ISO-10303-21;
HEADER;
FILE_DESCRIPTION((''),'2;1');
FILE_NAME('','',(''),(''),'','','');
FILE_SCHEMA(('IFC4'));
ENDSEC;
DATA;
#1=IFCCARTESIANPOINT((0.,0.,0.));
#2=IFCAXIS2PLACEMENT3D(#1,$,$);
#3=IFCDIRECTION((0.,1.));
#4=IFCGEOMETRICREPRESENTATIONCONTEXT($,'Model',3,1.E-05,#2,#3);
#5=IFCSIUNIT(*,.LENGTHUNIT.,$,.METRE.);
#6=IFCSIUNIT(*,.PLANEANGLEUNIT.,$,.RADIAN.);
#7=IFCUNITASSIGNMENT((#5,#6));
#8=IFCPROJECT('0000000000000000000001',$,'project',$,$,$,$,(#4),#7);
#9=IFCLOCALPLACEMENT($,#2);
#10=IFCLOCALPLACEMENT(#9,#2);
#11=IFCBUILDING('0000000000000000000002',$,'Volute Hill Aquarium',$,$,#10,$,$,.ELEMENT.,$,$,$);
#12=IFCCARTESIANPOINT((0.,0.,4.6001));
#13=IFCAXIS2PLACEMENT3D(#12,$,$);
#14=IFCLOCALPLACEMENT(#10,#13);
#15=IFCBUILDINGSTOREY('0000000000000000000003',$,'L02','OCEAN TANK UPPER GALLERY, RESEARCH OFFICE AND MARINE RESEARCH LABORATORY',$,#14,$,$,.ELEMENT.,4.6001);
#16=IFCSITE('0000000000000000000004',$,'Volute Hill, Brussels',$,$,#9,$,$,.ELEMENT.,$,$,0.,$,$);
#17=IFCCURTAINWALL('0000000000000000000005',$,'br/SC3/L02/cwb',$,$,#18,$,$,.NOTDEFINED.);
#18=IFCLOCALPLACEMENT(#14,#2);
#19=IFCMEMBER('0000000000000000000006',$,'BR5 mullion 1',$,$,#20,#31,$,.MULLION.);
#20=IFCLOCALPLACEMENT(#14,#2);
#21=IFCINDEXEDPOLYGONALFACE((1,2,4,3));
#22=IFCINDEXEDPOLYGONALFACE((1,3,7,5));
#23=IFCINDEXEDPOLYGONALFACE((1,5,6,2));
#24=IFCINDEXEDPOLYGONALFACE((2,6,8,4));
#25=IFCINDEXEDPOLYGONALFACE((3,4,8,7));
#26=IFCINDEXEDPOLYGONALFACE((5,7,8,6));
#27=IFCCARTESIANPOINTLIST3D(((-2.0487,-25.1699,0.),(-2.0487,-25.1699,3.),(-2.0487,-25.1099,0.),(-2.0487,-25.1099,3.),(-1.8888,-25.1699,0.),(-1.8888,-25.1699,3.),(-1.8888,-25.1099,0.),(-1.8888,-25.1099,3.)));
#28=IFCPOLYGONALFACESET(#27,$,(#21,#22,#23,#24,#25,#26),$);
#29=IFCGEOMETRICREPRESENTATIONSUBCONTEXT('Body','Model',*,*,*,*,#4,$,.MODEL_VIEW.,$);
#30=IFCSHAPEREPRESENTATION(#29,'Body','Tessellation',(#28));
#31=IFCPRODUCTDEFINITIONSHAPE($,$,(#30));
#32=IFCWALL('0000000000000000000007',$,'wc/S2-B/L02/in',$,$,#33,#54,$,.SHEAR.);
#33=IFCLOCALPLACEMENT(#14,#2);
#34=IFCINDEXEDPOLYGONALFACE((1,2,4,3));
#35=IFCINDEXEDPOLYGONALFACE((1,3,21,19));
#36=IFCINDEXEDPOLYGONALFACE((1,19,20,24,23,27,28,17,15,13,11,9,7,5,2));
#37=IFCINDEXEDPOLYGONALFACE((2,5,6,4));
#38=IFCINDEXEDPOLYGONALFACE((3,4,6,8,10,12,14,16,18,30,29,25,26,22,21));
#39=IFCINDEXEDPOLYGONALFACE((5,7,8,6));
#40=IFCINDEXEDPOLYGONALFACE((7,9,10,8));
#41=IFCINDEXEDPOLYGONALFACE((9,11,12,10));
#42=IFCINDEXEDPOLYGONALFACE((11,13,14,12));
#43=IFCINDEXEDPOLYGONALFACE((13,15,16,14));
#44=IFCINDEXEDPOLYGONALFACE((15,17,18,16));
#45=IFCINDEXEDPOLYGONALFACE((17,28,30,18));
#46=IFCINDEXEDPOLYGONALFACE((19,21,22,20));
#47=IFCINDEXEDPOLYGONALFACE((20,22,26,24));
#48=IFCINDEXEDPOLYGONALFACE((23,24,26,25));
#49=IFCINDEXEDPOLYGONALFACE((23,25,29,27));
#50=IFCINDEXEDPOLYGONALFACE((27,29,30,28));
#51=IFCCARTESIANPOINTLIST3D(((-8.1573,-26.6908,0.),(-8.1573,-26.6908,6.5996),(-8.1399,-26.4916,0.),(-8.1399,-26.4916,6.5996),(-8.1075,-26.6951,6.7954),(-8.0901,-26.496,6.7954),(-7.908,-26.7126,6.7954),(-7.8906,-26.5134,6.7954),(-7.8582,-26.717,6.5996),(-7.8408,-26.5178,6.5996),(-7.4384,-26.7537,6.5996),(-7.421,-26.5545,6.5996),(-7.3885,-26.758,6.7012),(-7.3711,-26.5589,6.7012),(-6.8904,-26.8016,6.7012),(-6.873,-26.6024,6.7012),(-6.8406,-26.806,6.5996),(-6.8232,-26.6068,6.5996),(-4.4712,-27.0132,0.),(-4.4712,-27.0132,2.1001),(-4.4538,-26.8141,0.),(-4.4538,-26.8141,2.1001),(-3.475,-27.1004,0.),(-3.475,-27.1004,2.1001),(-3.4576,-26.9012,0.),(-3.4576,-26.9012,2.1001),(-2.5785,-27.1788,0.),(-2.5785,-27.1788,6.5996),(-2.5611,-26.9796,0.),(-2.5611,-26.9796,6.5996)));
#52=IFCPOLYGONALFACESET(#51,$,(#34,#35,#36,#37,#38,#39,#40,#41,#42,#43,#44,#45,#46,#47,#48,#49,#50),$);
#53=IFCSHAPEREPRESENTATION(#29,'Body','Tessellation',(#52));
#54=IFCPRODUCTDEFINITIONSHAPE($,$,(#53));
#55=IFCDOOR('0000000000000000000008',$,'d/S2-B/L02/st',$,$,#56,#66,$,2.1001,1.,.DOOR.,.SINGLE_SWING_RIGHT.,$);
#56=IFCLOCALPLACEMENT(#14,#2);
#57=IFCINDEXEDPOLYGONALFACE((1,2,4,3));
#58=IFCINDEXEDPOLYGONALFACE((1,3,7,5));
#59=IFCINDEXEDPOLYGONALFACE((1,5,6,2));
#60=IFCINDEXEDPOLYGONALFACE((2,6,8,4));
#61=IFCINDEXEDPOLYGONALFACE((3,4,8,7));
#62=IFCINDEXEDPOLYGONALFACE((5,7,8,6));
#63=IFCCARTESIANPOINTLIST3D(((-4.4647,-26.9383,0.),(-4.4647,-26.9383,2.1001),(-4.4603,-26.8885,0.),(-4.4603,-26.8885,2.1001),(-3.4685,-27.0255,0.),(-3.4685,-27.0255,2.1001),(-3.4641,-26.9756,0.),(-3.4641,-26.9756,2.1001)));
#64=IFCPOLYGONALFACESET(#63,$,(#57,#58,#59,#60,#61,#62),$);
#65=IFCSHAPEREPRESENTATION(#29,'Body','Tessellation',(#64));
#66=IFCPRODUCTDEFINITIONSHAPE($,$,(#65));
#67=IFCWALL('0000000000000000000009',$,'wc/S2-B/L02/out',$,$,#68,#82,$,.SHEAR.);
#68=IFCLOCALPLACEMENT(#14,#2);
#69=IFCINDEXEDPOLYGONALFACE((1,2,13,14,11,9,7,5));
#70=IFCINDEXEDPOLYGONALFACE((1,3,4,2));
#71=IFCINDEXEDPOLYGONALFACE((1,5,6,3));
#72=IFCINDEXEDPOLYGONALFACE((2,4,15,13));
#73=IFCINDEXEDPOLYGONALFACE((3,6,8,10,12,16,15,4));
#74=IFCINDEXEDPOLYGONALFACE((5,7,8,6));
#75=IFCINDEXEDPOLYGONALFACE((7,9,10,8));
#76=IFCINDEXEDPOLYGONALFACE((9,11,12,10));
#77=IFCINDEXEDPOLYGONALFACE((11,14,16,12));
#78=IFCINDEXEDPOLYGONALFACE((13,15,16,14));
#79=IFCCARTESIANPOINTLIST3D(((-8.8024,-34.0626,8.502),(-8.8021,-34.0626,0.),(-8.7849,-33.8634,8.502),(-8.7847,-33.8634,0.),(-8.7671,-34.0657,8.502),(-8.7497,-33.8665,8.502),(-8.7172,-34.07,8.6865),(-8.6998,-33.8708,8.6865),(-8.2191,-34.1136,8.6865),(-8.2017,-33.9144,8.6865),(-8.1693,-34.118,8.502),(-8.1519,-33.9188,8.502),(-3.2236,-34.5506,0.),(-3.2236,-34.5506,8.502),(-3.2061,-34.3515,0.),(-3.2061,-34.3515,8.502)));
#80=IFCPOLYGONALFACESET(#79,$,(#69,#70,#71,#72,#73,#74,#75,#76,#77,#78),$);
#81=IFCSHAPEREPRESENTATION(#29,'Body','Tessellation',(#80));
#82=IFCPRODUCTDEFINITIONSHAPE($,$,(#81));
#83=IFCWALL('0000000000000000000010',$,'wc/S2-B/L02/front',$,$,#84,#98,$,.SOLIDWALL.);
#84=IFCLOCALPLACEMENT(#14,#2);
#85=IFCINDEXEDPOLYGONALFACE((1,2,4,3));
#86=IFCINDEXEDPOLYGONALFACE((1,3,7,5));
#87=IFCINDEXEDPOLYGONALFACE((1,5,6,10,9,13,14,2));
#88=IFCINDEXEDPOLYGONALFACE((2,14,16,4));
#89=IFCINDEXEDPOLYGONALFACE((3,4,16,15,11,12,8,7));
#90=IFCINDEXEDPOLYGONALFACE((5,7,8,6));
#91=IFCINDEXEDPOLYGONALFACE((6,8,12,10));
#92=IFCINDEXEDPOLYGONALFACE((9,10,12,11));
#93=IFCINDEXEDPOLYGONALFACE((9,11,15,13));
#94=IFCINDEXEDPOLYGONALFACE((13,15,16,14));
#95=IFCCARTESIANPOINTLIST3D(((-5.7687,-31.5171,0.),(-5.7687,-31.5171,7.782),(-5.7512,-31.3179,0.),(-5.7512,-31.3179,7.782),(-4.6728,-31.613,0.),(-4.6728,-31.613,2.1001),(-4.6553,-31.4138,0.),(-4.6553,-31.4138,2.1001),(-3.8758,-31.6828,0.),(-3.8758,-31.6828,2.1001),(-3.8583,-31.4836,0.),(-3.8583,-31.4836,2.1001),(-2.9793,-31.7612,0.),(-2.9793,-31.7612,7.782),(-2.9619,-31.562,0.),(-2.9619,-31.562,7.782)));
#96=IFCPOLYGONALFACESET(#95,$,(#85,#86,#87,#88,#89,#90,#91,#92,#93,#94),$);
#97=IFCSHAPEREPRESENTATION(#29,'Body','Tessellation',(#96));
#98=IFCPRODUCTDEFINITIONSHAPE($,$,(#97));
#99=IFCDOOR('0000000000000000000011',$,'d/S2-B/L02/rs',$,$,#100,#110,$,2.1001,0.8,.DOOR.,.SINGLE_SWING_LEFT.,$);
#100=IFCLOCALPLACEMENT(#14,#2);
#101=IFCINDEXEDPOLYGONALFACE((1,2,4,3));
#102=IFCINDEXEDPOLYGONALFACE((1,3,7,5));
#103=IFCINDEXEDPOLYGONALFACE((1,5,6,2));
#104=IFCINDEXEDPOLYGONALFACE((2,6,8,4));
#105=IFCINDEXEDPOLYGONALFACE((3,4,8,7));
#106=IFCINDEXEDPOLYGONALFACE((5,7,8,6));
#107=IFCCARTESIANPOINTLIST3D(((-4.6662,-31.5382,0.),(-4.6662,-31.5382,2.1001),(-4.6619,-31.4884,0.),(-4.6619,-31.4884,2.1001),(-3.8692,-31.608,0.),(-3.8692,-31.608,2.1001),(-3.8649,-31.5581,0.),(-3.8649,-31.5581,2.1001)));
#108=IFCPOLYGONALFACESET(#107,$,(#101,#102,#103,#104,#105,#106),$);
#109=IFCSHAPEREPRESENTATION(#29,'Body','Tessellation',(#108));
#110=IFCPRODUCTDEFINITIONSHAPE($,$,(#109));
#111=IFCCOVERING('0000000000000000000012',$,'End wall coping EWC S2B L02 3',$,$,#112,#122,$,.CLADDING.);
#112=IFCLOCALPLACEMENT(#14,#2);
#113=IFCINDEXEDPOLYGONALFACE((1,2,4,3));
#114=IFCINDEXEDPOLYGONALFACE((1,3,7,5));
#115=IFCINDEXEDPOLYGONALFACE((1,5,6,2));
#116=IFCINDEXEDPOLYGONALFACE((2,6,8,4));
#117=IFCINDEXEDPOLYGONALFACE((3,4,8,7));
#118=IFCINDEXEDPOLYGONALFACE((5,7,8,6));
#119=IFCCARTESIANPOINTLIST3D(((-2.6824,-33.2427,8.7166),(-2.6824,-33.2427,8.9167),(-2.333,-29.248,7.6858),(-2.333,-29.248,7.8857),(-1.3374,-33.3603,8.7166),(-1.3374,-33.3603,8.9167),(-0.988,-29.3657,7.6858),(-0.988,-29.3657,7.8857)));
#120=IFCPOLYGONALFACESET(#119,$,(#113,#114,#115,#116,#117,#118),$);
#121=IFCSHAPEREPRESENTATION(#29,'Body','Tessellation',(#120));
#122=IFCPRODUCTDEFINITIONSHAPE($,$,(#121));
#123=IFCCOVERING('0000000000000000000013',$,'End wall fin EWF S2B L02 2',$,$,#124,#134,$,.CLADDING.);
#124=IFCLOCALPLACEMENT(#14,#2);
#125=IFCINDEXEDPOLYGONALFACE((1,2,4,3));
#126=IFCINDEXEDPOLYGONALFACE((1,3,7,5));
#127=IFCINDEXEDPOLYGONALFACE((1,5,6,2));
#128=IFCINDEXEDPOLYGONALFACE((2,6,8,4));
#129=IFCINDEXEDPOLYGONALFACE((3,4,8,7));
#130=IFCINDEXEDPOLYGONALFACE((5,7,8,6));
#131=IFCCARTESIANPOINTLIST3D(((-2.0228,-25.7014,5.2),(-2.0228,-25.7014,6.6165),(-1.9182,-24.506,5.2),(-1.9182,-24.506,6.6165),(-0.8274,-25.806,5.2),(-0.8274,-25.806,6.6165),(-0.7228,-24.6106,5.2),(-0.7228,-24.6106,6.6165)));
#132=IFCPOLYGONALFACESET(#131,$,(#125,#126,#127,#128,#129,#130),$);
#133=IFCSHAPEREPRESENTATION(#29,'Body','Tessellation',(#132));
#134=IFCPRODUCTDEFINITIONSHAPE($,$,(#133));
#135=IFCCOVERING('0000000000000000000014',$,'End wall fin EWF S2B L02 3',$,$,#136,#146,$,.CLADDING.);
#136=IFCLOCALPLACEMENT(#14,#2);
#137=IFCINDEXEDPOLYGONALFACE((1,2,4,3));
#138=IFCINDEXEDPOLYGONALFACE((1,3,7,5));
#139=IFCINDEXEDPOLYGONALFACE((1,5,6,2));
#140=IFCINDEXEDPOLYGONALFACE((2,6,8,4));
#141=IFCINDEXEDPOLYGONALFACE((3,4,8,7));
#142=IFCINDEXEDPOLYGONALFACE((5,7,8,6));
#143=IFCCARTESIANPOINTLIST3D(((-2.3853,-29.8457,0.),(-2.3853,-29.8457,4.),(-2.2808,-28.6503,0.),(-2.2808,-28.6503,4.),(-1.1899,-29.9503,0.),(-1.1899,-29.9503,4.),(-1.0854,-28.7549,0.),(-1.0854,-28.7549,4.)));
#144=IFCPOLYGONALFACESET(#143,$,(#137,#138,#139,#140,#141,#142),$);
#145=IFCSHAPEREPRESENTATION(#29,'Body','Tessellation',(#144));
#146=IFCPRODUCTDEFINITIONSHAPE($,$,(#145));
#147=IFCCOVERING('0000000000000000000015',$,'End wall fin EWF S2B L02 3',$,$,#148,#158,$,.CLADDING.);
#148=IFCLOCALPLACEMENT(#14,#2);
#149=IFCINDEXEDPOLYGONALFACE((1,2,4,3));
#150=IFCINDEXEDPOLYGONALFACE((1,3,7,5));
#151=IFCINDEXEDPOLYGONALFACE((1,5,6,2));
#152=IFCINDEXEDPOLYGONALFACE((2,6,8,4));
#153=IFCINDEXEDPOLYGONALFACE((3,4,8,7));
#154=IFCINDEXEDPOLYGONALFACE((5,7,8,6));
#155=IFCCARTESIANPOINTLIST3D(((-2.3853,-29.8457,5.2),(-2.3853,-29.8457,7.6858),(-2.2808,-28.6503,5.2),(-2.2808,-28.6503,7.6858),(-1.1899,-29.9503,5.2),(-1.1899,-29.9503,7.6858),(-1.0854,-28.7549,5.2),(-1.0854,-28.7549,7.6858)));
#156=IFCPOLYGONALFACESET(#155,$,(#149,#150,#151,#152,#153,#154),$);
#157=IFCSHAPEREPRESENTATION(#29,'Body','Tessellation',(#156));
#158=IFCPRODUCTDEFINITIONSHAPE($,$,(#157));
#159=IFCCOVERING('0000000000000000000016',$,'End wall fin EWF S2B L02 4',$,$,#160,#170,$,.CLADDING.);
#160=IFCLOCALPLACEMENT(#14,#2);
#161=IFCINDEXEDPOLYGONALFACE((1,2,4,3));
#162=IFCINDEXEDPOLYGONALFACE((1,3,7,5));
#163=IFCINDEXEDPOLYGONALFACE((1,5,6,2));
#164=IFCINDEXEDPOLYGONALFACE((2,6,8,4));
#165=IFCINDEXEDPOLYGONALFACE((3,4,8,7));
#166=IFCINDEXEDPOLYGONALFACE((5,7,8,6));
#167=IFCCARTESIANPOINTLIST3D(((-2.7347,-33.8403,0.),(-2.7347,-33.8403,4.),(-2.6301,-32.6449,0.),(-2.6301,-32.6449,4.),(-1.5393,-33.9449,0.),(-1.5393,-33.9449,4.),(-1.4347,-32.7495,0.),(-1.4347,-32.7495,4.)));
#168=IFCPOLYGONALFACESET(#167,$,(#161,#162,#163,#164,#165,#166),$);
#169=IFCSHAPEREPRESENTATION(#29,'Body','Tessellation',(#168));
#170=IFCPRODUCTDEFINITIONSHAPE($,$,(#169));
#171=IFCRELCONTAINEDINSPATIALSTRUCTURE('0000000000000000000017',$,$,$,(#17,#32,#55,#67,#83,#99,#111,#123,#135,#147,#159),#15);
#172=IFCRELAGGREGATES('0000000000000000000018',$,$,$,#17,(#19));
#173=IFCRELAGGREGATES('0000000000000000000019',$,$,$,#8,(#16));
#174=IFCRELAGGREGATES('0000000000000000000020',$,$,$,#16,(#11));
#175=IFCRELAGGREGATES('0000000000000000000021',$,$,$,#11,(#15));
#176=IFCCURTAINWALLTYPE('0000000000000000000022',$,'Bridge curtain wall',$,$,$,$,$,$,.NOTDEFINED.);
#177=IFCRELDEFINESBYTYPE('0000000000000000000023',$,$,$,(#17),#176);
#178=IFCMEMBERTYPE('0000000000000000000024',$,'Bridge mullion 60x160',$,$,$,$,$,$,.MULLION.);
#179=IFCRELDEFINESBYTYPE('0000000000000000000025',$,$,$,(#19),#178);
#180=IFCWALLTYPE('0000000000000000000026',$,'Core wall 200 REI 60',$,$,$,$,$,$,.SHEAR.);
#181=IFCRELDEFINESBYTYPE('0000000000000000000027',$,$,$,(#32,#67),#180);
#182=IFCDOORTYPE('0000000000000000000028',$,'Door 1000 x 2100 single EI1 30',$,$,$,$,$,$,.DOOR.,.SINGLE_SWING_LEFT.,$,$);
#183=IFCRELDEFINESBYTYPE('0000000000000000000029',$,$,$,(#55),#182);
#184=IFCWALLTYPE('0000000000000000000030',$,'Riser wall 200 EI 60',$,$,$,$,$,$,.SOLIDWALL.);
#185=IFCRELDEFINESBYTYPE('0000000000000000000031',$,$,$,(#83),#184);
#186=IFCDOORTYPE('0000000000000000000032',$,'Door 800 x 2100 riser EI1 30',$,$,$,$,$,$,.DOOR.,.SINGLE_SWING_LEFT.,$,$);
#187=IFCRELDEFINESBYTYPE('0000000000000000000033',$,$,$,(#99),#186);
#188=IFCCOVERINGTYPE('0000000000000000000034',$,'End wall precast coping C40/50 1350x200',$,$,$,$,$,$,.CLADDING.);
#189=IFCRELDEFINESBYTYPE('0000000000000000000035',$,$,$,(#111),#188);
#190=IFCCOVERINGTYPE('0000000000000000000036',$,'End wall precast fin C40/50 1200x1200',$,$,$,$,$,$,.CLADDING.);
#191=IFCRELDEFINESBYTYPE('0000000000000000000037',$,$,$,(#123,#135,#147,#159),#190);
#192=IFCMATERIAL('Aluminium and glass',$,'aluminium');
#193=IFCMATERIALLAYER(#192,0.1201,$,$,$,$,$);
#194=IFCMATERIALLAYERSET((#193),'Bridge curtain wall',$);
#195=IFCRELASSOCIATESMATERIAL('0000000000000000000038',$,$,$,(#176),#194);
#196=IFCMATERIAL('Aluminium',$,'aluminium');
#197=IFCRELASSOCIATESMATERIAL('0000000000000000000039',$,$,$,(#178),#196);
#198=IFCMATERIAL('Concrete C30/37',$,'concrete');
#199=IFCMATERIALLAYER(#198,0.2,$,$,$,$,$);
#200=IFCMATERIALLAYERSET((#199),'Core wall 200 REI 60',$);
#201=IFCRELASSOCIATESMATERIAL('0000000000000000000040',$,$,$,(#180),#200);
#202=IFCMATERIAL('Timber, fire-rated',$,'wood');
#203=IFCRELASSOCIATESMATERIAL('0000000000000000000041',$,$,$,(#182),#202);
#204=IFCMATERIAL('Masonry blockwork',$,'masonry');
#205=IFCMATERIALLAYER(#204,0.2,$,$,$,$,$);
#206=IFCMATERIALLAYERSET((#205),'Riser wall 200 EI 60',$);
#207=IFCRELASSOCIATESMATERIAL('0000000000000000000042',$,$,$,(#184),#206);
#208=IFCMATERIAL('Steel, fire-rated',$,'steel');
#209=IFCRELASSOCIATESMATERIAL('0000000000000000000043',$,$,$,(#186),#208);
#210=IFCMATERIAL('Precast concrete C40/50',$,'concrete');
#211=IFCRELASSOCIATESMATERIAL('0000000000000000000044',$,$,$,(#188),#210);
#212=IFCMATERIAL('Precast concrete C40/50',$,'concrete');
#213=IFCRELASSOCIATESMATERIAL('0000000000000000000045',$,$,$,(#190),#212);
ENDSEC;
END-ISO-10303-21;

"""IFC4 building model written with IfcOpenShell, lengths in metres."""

from ifc_helpers import new_model, si_unit, direction, frame, frame_2d, origin, origin_2d, place, context, subcontext, project, spatial, polyline, rectangle, outline, extrude, material, layer, layer_set, material_profile, profile_set, type_object, element, fill, aggregate, save


model = new_model("IFC4")

# Units and contexts
model_context = context("Model", 3, precision=1e-05, world=origin(), true_north=direction((0.0, 1.0)))
body_context = subcontext(model_context, "Body", "Model", "MODEL_VIEW")
ifc_project = project(units=[si_unit("LENGTHUNIT", "METRE"), si_unit("PLANEANGLEUNIT", "RADIAN")], contexts=[model_context])

# Site, building, storey
site_placement = place(None, origin())
site = spatial("IfcSite", under=ifc_project, at=site_placement, Name="Volute Hill, Brussels", CompositionType="ELEMENT", RefElevation=0.0)
building_placement = place(site_placement, origin())
building = spatial("IfcBuilding", under=site, at=building_placement, Name="Volute Hill Aquarium", CompositionType="ELEMENT")
storey_placement = place(building_placement, frame((0.0, 0.0, 4.6001)))
storey = spatial("IfcBuildingStorey", under=building, at=storey_placement, Name="L02", Description="OCEAN TANK UPPER GALLERY, RESEARCH OFFICE AND MARINE RESEARCH LABORATORY", CompositionType="ELEMENT", Elevation=4.6001)

# Curtain wall, member
ifc_material_1 = material(Name="Aluminium and glass", Category="aluminium")
ifc_layer_1 = layer(ifc_material_1, 0.1201)
ifc_layer_set_1 = layer_set([ifc_layer_1], Name="Bridge curtain wall")
curtain_wall_type = type_object("IfcCurtainWallType", Name="Bridge curtain wall", PredefinedType="NOTDEFINED", material=ifc_layer_set_1)
curtain_wall_placement = place(storey_placement, origin())
curtain_wall = element("IfcCurtainWall", 1, at=curtain_wall_placement, inside=storey, type_object=curtain_wall_type, Name="br/SC3/L02/cwb", PredefinedType="NOTDEFINED")
ifc_material_2 = material(Name="Aluminium", Category="aluminium")
ifc_material_profile = material_profile(ifc_material_2, rectangle(XDim=0.0601, YDim=0.1599, at=origin_2d()), Name="Aluminium mullion 60x160")
ifc_profile_set = profile_set([ifc_material_profile], Name="Aluminium")
member_type = type_object("IfcMemberType", Name="Bridge mullion 60x160", PredefinedType="MULLION", material=ifc_profile_set)
member_placement = place(storey_placement, frame((-1.9688, -25.1399, 0.0), z_axis=(0.0, 0.0, 1.0), x_axis=(0.0, 1.0, 0.0)))
member = element("IfcMember", 2, at=member_placement, type_object=member_type, Name="BR5 mullion 1", PredefinedType="MULLION", context=body_context, shape_type="SweptSolid", body=[
    extrude(rectangle(XDim=0.0601, YDim=0.1599, at=origin_2d()), origin(), (0.0, 0.0, 1.0), 3.0),
])
aggregate(curtain_wall, [member])

# Wall, opening, door
ifc_material_3 = material(Name="Concrete C30/37", Category="concrete")
ifc_layer_2 = layer(ifc_material_3, 0.2)
ifc_layer_set_2 = layer_set([ifc_layer_2], Name="Core wall 200 REI 60")
wall_type_1 = type_object("IfcWallType", Name="Core wall 200 REI 60", PredefinedType="SHEAR", material=ifc_layer_set_2)
wall_1_placement = place(storey_placement, frame((-2.5698, -27.0791, 0.0), z_axis=(0.0, 0.0, 1.0), x_axis=(-0.996195, 0.087147, 0.0)))
wall_1 = element("IfcWall", 3, at=wall_1_placement, inside=storey, type_object=wall_type_1, Name="wc/S2-B/L02/in", PredefinedType="SHEAR", context=body_context, shape_type="SweptSolid", body=[
    extrude(outline(polyline([(0.0, 0.0), (5.6001, 0.0), (5.6001, 6.5996), (5.55, 6.7954), (5.3499, 6.7954), (5.2998, 6.5996), (4.8784, 6.5996), (4.8284, 6.7012), (4.3284, 6.7012), (4.2783, 6.5996), (0.0, 6.5996), (0.0, 0.0)])), frame((0.0, 0.1001, 0.0), z_axis=(0.0, -1.0, 0.0), x_axis=(1.0, 0.0, 0.0)), (0.0, 0.0, 1.0), 0.2),
])
opening_1_placement = place(wall_1_placement, frame((0.8999, 0.0, 0.0)))
opening_1 = element("IfcOpeningElement", 4, at=opening_1_placement, cuts=wall_1, PredefinedType="OPENING", context=body_context, shape_type="SweptSolid", body=[
    extrude(rectangle(XDim=1.0, YDim=2.1001, at=frame_2d((0.5, 1.05))), frame((0.0, 0.1099, 0.0), z_axis=(0.0, -1.0, 0.0), x_axis=(1.0, 0.0, 0.0)), (0.0, 0.0, 1.0), 0.22),
])
ifc_material_4 = material(Name="Timber, fire-rated", Category="wood")
door_type_1 = type_object("IfcDoorType", Name="Door 1000 x 2100 single EI1 30", OperationType="SINGLE_SWING_LEFT", PredefinedType="DOOR", material=ifc_material_4)
door_1_placement = place(opening_1_placement, origin())
door_1 = element("IfcDoor", 5, at=door_1_placement, inside=storey, type_object=door_type_1, Name="d/S2-B/L02/st", OperationType="SINGLE_SWING_RIGHT", OverallHeight=2.1001, OverallWidth=1.0, PredefinedType="DOOR", context=body_context, shape_type="SweptSolid", body=[
    extrude(rectangle(XDim=1.0, YDim=2.1001, at=frame_2d((0.5, 1.05))), frame((0.0, 0.0249, 0.0), z_axis=(0.0, -1.0, 0.0), x_axis=(1.0, 0.0, 0.0)), (0.0, 0.0, 1.0), 0.05),
])
fill(opening_1, door_1)

# Wall
wall_2_placement = place(storey_placement, frame((-3.2148, -34.4509, 0.0), z_axis=(0.0, 0.0, 1.0), x_axis=(-0.996195, 0.087151, 0.0)))
element("IfcWall", 6, at=wall_2_placement, inside=storey, type_object=wall_type_1, Name="wc/S2-B/L02/out", PredefinedType="SHEAR", context=body_context, shape_type="SweptSolid", body=[
    extrude(outline(polyline([(0.0, 0.0), (5.5999, 0.0), (5.6001, 8.502), (5.5647, 8.502), (5.5146, 8.6865), (5.0146, 8.6865), (4.9646, 8.502), (0.0, 8.502), (0.0, 0.0)])), frame((0.0, 0.1001, 0.0), z_axis=(0.0, -1.0, 0.0), x_axis=(1.0, 0.0, 0.0)), (0.0, 0.0, 1.0), 0.2),
])

# Wall, opening, door
ifc_material_5 = material(Name="Masonry blockwork", Category="masonry")
ifc_layer_3 = layer(ifc_material_5, 0.2)
ifc_layer_set_3 = layer_set([ifc_layer_3], Name="Riser wall 200 EI 60")
wall_type_2 = type_object("IfcWallType", Name="Riser wall 200 EI 60", PredefinedType="SOLIDWALL", material=ifc_layer_set_3)
wall_3_placement = place(storey_placement, frame((-2.9707, -31.6616, 0.0), z_axis=(0.0, 0.0, 1.0), x_axis=(-0.996191, 0.087194, 0.0)))
wall_3 = element("IfcWall", 7, at=wall_3_placement, inside=storey, type_object=wall_type_2, Name="wc/S2-B/L02/front", PredefinedType="SOLIDWALL", context=body_context, shape_type="SweptSolid", body=[
    extrude(rectangle(XDim=2.8, YDim=0.2, at=frame_2d((1.3999, 0.0))), origin(), (0.0, 0.0, 1.0), 7.782),
])
opening_2_placement = place(wall_3_placement, frame((0.8999, 0.0, 0.0)))
opening_2 = element("IfcOpeningElement", 8, at=opening_2_placement, cuts=wall_3, PredefinedType="OPENING", context=body_context, shape_type="SweptSolid", body=[
    extrude(rectangle(XDim=0.8, YDim=2.1001, at=frame_2d((0.3999, 1.05))), frame((0.0, 0.1099, 0.0), z_axis=(0.0, -1.0, 0.0), x_axis=(1.0, 0.0, 0.0)), (0.0, 0.0, 1.0), 0.22),
])
ifc_material_6 = material(Name="Steel, fire-rated", Category="steel")
door_type_2 = type_object("IfcDoorType", Name="Door 800 x 2100 riser EI1 30", OperationType="SINGLE_SWING_LEFT", PredefinedType="DOOR", material=ifc_material_6)
door_2_placement = place(opening_2_placement, origin())
door_2 = element("IfcDoor", 9, at=door_2_placement, inside=storey, type_object=door_type_2, Name="d/S2-B/L02/rs", OperationType="SINGLE_SWING_LEFT", OverallHeight=2.1001, OverallWidth=0.8, PredefinedType="DOOR", context=body_context, shape_type="SweptSolid", body=[
    extrude(rectangle(XDim=0.8, YDim=2.1001, at=frame_2d((0.3999, 1.05))), frame((0.0, 0.0249, 0.0), z_axis=(0.0, -1.0, 0.0), x_axis=(1.0, 0.0, 0.0)), (0.0, 0.0, 1.0), 0.05),
])
fill(opening_2, door_2)

# Coverings
ifc_material_7 = material(Name="Precast concrete C40/50", Category="concrete")
covering_type_1 = type_object("IfcCoveringType", Name="End wall precast coping C40/50 1350x200", PredefinedType="CLADDING", material=ifc_material_7)
covering_1_placement = place(storey_placement, frame((-2.333, -29.248, 7.6858), z_axis=(-0.996197, 0.087126, 0.0), x_axis=(-0.084383, -0.96483, 0.248962)))
element("IfcCovering", 10, at=covering_1_placement, inside=storey, type_object=covering_type_1, Name="End wall coping EWC S2B L02 3", PredefinedType="CLADDING", context=body_context, shape_type="SweptSolid", body=[
    extrude(outline(polyline([(0.0, 0.0), (4.1402, 0.0), (4.1901, 0.1939), (0.0498, 0.1937), (0.0, 0.0)])), origin(), (0.0, 0.0, -1.0), 1.3501),
])
ifc_material_8 = material(Name="Precast concrete C40/50", Category="concrete")
covering_type_2 = type_object("IfcCoveringType", Name="End wall precast fin C40/50 1200x1200", PredefinedType="CLADDING", material=ifc_material_8)
covering_2_placement = place(storey_placement, frame((-1.3728, -25.156, 5.2), z_axis=(0.0, 0.0, 1.0), x_axis=(-0.087151, -0.996195, 0.0)))
element("IfcCovering", 11, at=covering_2_placement, inside=storey, type_object=covering_type_2, Name="End wall fin EWF S2B L02 2", PredefinedType="CLADDING", context=body_context, shape_type="SweptSolid", body=[
    extrude(rectangle(XDim=1.2, YDim=1.2, at=origin_2d()), origin(), (0.0, 0.0, 1.0), 1.4165),
])
covering_3_placement = place(storey_placement, frame((-1.7354, -29.3003, 0.0), z_axis=(0.0, 0.0, 1.0), x_axis=(-0.087151, -0.996195, 0.0)))
element("IfcCovering", 12, at=covering_3_placement, inside=storey, type_object=covering_type_2, Name="End wall fin EWF S2B L02 3", PredefinedType="CLADDING", context=body_context, shape_type="SweptSolid", body=[
    extrude(rectangle(XDim=1.2, YDim=1.2, at=origin_2d()), origin(), (0.0, 0.0, 1.0), 4.0),
])
covering_4_placement = place(storey_placement, frame((-1.7354, -29.3003, 5.2), z_axis=(0.0, 0.0, 1.0), x_axis=(-0.087151, -0.996195, 0.0)))
element("IfcCovering", 13, at=covering_4_placement, inside=storey, type_object=covering_type_2, Name="End wall fin EWF S2B L02 3", PredefinedType="CLADDING", context=body_context, shape_type="SweptSolid", body=[
    extrude(rectangle(XDim=1.2, YDim=1.2, at=origin_2d()), origin(), (0.0, 0.0, 1.0), 2.4858),
])
covering_5_placement = place(storey_placement, frame((-2.0847, -33.2949, 0.0), z_axis=(0.0, 0.0, 1.0), x_axis=(-0.087151, -0.996195, 0.0)))
element("IfcCovering", 14, at=covering_5_placement, inside=storey, type_object=covering_type_2, Name="End wall fin EWF S2B L02 4", PredefinedType="CLADDING", context=body_context, shape_type="SweptSolid", body=[
    extrude(rectangle(XDim=1.2, YDim=1.2, at=origin_2d()), origin(), (0.0, 0.0, 1.0), 4.0),
])

save(model, "model.ifc")
